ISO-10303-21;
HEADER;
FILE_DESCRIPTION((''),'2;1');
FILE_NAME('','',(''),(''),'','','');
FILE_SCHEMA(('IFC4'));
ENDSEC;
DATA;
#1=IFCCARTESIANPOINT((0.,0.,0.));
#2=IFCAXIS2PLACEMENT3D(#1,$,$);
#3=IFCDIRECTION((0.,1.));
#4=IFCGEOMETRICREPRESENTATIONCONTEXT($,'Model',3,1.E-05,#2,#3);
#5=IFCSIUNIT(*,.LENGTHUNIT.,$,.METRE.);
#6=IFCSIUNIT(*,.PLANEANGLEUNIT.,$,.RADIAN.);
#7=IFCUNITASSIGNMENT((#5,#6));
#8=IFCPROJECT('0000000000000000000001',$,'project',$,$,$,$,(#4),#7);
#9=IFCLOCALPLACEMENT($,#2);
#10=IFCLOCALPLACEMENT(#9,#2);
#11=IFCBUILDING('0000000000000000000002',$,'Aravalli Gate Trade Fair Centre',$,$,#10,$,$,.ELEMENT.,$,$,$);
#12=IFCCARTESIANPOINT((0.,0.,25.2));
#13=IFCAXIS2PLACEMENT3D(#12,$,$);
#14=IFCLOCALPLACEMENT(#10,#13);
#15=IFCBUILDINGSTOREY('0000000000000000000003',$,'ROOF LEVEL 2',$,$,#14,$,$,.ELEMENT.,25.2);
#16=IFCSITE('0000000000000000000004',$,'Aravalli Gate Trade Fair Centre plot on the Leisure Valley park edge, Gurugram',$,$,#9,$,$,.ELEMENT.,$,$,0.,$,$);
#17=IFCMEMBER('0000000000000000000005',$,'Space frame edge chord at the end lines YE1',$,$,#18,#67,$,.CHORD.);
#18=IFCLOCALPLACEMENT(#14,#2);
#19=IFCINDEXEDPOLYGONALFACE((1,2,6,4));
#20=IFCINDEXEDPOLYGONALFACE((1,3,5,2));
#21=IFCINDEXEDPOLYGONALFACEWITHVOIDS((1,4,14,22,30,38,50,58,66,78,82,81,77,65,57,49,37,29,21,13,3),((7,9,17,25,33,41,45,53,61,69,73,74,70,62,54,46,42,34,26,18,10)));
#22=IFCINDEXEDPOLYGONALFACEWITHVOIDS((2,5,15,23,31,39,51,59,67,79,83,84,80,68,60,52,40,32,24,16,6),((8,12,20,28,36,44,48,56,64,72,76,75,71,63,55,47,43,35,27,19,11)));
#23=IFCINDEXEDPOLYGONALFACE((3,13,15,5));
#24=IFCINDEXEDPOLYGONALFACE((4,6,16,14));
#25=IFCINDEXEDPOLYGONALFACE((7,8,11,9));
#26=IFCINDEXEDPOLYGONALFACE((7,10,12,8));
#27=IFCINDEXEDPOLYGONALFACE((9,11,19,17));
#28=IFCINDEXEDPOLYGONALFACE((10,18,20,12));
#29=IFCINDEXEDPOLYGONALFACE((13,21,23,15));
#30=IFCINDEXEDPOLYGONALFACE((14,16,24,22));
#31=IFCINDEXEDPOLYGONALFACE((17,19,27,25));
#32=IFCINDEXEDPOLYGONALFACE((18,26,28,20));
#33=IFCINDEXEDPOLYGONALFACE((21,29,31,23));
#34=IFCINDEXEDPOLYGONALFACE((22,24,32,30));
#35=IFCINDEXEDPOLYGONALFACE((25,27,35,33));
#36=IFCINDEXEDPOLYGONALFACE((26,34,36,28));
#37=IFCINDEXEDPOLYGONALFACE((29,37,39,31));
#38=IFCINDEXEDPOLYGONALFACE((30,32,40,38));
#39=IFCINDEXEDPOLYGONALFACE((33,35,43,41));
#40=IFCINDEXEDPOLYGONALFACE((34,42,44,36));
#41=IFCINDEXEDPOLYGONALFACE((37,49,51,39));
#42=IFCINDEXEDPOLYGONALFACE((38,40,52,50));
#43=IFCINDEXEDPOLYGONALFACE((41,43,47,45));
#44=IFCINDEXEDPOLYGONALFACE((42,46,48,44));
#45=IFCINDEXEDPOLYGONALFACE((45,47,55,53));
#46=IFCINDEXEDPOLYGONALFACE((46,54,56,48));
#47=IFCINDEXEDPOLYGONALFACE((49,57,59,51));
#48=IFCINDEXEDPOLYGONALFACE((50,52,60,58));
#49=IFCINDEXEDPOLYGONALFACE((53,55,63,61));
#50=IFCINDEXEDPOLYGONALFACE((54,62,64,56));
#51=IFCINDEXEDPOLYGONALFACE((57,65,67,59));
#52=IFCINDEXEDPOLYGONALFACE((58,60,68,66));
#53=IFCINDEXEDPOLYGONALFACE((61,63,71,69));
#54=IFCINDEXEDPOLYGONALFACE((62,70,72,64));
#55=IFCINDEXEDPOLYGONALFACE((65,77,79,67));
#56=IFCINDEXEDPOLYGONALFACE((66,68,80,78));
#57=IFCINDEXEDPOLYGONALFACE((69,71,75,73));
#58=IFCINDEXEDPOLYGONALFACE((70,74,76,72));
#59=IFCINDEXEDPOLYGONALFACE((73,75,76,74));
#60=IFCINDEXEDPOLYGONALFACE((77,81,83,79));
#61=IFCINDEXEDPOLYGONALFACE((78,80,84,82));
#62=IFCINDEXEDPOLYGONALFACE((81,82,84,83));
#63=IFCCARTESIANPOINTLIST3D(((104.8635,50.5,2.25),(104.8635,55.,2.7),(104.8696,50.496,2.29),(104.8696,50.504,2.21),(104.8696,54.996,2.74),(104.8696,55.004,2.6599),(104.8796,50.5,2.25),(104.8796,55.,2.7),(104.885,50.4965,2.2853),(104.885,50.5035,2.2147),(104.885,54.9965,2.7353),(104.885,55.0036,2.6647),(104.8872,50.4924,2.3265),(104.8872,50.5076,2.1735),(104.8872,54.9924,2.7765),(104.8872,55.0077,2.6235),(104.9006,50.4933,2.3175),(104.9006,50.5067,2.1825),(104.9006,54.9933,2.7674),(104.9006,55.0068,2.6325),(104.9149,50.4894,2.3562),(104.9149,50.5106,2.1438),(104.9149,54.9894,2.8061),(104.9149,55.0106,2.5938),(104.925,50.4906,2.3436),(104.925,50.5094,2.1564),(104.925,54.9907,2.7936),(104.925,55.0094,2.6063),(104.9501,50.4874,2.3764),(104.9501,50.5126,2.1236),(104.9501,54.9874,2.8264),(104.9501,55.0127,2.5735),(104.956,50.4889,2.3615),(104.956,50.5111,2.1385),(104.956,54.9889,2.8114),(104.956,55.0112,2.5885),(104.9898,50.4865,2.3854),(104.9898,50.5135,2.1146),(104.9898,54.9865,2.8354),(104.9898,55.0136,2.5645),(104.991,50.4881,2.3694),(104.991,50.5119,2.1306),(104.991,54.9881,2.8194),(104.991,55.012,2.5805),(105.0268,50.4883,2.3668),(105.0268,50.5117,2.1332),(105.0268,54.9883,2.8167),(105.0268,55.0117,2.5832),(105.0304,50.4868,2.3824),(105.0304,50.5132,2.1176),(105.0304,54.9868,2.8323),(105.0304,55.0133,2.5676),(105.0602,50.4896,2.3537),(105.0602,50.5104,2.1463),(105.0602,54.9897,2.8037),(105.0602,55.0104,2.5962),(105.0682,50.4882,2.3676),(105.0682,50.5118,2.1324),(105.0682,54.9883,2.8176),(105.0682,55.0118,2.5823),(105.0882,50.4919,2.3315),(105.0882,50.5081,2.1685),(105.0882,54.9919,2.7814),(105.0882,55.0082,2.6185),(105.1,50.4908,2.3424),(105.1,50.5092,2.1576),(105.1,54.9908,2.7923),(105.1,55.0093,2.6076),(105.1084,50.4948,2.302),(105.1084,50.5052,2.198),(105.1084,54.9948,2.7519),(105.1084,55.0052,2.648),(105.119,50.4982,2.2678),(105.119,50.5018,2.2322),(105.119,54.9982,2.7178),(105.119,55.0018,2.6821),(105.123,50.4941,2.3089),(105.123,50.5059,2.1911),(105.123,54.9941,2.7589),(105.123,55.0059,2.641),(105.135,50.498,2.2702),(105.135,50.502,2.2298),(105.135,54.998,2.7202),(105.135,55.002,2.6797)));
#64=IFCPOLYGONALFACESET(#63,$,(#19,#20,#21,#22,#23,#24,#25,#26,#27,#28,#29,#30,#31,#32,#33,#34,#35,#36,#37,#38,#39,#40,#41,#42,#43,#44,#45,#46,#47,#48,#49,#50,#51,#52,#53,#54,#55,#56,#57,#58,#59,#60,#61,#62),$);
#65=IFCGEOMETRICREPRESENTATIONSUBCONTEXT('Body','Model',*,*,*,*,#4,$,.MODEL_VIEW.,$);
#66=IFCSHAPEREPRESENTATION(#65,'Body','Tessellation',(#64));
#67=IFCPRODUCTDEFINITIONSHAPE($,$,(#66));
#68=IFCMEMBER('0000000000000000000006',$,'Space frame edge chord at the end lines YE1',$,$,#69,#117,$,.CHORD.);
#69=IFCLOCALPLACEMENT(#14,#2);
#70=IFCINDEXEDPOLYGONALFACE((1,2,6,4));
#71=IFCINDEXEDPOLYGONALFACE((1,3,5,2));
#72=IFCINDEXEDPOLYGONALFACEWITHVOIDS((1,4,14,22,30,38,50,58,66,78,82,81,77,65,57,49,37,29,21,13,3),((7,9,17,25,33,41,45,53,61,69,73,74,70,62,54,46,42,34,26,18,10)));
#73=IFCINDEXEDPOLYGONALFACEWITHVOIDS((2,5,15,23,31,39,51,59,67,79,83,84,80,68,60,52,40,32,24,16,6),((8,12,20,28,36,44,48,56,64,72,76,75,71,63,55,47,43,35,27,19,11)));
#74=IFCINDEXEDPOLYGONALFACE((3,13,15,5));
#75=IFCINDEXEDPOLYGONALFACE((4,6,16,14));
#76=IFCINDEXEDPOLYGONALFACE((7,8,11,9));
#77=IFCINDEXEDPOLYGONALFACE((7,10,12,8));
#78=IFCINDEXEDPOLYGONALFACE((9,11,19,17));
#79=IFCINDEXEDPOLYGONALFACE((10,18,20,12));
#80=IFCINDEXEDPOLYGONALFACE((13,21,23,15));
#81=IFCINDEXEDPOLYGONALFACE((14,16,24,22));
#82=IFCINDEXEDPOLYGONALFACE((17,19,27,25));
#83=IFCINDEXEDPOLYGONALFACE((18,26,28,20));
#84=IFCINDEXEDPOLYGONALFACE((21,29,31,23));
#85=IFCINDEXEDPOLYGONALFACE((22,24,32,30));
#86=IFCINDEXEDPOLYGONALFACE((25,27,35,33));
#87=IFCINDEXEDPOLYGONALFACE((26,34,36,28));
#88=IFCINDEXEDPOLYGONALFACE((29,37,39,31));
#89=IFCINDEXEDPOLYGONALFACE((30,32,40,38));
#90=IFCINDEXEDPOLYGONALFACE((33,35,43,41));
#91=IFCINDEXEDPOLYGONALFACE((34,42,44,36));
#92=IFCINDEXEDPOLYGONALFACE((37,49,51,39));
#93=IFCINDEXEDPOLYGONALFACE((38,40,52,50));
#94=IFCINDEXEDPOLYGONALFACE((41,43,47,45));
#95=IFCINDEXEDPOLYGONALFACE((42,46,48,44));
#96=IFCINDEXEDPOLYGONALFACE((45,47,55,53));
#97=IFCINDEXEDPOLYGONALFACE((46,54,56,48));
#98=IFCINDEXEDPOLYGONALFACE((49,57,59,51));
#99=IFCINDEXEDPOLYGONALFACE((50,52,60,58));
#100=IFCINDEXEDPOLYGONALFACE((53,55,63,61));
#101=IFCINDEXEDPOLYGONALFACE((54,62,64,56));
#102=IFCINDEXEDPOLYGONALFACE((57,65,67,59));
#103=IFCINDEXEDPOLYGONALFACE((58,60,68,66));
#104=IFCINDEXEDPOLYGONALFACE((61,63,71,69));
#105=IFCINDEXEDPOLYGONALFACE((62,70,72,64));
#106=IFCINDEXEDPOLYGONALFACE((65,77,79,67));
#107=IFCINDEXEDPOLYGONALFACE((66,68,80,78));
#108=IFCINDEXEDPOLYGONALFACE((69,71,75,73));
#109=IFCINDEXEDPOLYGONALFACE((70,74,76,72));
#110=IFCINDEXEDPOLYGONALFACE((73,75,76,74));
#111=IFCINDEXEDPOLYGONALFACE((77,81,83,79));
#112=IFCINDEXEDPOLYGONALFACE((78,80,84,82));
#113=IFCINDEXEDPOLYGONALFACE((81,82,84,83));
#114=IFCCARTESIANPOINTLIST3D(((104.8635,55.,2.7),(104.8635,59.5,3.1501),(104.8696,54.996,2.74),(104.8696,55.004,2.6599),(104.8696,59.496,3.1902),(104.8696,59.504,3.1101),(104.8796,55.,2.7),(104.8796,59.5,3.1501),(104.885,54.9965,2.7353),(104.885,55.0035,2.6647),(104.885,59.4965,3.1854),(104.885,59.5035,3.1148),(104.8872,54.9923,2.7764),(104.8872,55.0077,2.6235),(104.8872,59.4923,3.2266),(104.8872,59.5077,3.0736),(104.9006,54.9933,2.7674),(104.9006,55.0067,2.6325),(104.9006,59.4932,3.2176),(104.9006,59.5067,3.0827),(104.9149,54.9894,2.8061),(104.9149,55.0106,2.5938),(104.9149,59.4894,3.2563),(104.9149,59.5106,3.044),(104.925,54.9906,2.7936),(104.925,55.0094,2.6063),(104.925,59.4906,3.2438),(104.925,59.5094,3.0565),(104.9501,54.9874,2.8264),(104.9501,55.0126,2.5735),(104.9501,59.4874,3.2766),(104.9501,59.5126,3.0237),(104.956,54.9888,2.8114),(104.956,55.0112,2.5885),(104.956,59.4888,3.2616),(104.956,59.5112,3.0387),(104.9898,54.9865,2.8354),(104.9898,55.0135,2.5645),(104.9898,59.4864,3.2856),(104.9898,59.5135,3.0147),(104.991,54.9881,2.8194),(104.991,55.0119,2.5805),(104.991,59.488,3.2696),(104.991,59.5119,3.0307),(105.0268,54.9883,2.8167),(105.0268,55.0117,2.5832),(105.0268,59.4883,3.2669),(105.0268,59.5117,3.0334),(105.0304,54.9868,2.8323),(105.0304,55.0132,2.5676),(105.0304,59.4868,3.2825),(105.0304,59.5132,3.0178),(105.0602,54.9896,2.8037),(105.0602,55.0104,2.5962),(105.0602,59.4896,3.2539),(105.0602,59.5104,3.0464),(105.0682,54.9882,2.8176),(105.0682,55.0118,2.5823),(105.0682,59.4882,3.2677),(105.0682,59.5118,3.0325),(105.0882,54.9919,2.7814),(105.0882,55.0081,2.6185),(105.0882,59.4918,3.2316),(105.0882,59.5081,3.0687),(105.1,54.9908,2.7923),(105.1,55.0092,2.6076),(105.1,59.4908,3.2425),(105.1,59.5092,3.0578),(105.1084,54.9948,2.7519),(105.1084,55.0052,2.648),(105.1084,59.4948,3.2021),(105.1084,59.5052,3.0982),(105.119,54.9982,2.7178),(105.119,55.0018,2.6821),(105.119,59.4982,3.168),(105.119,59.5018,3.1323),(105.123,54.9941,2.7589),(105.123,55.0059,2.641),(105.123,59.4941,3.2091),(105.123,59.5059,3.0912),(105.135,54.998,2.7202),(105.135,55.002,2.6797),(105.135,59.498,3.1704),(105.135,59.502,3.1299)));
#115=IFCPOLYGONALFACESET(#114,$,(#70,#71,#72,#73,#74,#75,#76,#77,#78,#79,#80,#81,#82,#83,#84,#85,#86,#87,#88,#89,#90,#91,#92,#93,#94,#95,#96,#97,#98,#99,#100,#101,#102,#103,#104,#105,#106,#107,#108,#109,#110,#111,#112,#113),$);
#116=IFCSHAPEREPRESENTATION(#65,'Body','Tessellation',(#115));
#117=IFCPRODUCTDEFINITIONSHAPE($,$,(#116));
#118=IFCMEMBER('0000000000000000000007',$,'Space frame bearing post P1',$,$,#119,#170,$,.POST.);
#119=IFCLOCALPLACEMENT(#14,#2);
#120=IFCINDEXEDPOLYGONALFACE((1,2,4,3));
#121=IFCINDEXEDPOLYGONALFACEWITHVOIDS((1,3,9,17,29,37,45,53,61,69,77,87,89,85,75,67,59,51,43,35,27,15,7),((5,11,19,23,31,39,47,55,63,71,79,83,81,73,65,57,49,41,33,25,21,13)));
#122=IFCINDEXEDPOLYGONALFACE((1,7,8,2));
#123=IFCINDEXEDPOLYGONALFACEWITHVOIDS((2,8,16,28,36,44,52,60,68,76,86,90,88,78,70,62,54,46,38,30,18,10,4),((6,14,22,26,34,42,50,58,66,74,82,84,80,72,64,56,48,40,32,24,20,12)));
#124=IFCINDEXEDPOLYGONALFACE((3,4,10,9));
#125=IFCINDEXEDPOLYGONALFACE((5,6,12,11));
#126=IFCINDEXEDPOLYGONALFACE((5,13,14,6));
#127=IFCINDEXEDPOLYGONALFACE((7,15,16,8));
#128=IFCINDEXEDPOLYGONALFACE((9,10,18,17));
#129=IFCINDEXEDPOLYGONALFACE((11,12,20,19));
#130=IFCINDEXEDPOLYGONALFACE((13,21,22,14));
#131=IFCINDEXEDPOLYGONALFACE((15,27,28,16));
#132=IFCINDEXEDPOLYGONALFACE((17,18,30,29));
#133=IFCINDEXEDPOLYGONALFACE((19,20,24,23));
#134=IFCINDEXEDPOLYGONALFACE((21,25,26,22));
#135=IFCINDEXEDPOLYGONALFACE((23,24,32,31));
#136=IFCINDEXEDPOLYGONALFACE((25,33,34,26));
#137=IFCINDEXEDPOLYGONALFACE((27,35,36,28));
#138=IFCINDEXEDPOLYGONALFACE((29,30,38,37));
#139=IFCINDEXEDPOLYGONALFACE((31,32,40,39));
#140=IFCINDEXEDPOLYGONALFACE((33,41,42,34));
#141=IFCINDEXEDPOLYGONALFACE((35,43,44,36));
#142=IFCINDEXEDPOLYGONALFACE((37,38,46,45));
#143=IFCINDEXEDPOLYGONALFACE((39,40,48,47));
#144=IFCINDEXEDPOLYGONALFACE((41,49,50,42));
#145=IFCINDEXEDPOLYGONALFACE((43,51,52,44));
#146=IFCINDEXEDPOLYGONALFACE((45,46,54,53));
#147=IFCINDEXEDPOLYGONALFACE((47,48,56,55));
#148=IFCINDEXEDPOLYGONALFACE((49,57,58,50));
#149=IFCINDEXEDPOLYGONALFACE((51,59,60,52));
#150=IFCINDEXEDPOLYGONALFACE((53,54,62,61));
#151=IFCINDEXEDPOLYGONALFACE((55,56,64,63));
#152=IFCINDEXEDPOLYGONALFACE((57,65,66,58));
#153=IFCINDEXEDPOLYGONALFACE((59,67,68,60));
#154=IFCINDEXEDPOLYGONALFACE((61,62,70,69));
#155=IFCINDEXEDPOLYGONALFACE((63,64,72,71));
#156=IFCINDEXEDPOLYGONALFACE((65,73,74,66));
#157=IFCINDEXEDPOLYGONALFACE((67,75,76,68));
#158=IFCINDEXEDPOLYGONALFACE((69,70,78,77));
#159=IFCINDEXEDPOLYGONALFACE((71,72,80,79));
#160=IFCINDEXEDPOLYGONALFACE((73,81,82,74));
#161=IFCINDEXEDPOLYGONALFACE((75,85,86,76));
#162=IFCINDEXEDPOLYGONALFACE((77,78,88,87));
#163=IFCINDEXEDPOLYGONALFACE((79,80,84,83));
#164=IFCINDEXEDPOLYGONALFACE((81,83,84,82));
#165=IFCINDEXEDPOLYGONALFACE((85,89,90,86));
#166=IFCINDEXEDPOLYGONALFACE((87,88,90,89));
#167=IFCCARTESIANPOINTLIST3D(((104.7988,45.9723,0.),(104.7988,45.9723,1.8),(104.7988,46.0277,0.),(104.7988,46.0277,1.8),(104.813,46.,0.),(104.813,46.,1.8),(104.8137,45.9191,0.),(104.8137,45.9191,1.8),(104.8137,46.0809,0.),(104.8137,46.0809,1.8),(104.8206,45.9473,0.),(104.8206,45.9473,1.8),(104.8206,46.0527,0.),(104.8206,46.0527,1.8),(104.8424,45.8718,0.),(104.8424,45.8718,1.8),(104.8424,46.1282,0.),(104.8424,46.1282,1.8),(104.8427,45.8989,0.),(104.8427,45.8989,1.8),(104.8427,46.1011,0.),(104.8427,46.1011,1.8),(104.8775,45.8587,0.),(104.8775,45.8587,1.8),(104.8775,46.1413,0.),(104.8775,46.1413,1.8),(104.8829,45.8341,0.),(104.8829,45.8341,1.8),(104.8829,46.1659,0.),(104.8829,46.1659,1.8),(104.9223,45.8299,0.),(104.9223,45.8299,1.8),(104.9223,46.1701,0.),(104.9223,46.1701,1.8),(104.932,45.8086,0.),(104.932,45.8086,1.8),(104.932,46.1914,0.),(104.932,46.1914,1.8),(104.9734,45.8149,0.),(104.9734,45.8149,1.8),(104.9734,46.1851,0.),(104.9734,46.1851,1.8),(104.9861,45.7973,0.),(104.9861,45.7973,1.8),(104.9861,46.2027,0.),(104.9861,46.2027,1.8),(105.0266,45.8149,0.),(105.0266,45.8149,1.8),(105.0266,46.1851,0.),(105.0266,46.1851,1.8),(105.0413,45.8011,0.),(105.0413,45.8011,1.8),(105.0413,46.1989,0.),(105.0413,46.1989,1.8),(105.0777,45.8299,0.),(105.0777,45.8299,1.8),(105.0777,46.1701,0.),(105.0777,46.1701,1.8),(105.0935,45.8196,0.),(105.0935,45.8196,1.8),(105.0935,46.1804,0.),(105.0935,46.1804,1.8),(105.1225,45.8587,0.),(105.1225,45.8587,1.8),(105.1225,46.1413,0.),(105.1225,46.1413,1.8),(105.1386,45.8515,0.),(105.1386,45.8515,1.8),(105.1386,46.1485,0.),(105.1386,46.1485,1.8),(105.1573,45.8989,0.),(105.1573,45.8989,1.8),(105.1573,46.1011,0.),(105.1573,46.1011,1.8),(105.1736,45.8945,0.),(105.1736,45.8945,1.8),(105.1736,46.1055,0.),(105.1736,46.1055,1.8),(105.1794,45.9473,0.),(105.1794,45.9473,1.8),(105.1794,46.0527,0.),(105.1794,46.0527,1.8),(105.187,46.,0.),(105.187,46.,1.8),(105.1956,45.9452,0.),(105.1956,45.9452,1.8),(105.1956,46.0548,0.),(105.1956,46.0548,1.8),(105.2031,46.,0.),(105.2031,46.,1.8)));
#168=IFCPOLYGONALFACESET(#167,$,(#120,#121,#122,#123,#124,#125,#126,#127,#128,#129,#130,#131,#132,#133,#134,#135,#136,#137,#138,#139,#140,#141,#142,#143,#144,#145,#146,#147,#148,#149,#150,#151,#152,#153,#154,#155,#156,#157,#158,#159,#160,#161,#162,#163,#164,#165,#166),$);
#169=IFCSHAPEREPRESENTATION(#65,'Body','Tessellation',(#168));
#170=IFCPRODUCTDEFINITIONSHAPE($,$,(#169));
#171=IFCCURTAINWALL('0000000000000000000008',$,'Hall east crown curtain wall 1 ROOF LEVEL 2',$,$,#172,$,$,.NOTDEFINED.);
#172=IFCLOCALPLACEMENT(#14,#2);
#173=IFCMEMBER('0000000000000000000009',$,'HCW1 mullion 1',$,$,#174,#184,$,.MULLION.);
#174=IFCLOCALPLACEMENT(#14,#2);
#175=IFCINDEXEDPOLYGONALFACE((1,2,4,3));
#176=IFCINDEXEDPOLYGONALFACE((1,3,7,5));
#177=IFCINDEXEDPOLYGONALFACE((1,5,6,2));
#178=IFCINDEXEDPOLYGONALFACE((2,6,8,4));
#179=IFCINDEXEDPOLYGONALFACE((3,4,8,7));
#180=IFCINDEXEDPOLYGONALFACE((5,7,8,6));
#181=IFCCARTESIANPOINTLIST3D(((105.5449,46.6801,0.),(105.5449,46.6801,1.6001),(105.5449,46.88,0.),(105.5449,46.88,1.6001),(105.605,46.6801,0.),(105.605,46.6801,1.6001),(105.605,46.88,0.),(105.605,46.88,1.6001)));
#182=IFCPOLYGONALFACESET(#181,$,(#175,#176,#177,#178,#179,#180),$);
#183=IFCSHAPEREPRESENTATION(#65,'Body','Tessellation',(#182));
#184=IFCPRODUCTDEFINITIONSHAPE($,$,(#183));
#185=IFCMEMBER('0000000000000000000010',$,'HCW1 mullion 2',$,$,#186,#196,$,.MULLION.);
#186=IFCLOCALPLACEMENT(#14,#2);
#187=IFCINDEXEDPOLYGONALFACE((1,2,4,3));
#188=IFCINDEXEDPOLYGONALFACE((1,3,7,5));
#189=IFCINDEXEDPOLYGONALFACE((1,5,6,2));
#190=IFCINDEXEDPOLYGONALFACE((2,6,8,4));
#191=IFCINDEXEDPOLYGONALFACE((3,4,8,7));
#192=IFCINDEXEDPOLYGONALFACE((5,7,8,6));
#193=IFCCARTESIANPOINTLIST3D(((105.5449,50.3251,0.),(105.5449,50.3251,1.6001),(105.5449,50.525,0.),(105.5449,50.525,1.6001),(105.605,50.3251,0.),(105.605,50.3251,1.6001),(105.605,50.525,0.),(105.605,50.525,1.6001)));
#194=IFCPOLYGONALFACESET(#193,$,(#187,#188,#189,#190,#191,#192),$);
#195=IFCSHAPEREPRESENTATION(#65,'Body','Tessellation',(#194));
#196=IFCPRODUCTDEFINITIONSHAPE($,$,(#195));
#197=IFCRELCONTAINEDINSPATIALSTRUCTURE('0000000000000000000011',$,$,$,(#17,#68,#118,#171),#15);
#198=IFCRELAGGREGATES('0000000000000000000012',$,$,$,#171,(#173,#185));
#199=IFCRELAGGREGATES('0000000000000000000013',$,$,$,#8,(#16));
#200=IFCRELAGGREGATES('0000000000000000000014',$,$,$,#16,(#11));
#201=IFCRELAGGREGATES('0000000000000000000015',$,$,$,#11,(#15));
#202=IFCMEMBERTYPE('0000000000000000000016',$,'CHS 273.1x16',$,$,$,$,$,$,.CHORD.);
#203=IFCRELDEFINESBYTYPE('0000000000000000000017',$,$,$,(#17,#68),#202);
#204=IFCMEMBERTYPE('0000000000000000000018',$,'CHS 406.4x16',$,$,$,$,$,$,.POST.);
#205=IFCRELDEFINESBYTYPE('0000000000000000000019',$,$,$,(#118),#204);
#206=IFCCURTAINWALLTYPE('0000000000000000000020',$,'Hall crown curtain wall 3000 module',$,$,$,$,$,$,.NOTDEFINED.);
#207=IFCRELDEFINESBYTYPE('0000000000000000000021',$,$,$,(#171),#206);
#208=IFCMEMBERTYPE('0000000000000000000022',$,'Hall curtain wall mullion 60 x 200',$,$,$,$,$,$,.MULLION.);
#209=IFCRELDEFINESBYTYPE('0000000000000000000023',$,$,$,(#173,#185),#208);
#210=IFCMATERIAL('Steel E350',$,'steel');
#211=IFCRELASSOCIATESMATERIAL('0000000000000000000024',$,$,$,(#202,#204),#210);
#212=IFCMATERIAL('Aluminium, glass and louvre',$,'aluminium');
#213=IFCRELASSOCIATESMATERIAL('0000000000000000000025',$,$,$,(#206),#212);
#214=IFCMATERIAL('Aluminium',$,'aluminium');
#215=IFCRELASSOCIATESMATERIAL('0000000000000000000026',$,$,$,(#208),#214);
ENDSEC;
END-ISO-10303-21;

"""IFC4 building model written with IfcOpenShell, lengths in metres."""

from ifc_helpers import new_model, si_unit, direction, frame, origin, origin_2d, place, context, subcontext, project, spatial, rectangle, hollow_circle, extrude, material, material_profile, profile_set, type_object, element, aggregate, save


model = new_model("IFC4")

# Units and contexts
model_context = context("Model", 3, precision=1e-05, world=origin(), true_north=direction((0.0, 1.0)))
body_context = subcontext(model_context, "Body", "Model", "MODEL_VIEW")
ifc_project = project(units=[si_unit("LENGTHUNIT", "METRE"), si_unit("PLANEANGLEUNIT", "RADIAN")], contexts=[model_context])

# Site, building, storey
site_placement = place(None, origin())
site = spatial("IfcSite", under=ifc_project, at=site_placement, Name="Aravalli Gate Trade Fair Centre plot on the Leisure Valley park edge, Gurugram", CompositionType="ELEMENT", RefElevation=0.0)
building_placement = place(site_placement, origin())
building = spatial("IfcBuilding", under=site, at=building_placement, Name="Aravalli Gate Trade Fair Centre", CompositionType="ELEMENT")
storey_placement = place(building_placement, frame((0.0, 0.0, 25.2)))
storey = spatial("IfcBuildingStorey", under=building, at=storey_placement, Name="ROOF LEVEL 2", CompositionType="ELEMENT", Elevation=25.2)

# Members
ifc_material_1 = material(Name="Steel E350", Category="steel")
ifc_material_profile_1 = material_profile(ifc_material_1, hollow_circle(Radius=0.1365, WallThickness=0.0161, at=origin_2d()), Name="CHS 273.1x16")
ifc_profile_set_1 = profile_set([ifc_material_profile_1], Name="Steel E350")
member_type_1 = type_object("IfcMemberType", Name="CHS 273.1x16", PredefinedType="CHORD", material=ifc_profile_set_1)
for number, where, z_axis, x_axis, name in (
    (1, (105.0, 50.5, 2.25), (0.0, 0.995038, 0.099493), (-1.0, 0.0, 0.0), "Space frame edge chord at the end lines YE1"),
    (2, (105.0, 55.0, 2.7), (0.0, 0.995033, 0.099546), (-1.0, 0.0, 0.0), "Space frame edge chord at the end lines YE1"),
):
    element("IfcMember", number, at=place(storey_placement, frame(where, z_axis=z_axis, x_axis=x_axis)), inside=storey, type_object=member_type_1, Name=name, PredefinedType="CHORD", context=body_context, shape_type="SweptSolid", body=[
        extrude(hollow_circle(Radius=0.1365, WallThickness=0.0161, at=origin_2d()), origin(), (0.0, 0.0, 1.0), 4.5225),
    ])
ifc_material_profile_2 = material_profile(ifc_material_1, hollow_circle(Radius=0.2031, WallThickness=0.0161, at=origin_2d()), Name="CHS 406.4x16")
ifc_profile_set_2 = profile_set([ifc_material_profile_2], Name="Steel E350")
member_type_2 = type_object("IfcMemberType", Name="CHS 406.4x16", PredefinedType="POST", material=ifc_profile_set_2)
member_1_placement = place(storey_placement, frame((105.0, 46.0, 0.0), z_axis=(0.0, 0.0, 1.0), x_axis=(1.0, 0.0, 0.0)))
element("IfcMember", 3, at=member_1_placement, inside=storey, type_object=member_type_2, Name="Space frame bearing post P1", PredefinedType="POST", context=body_context, shape_type="SweptSolid", body=[
    extrude(hollow_circle(Radius=0.2031, WallThickness=0.0161, at=origin_2d()), origin(), (0.0, 0.0, 1.0), 1.8),
])

# Curtain wall, members
ifc_material_2 = material(Name="Aluminium, glass and louvre", Category="aluminium")
curtain_wall_type = type_object("IfcCurtainWallType", Name="Hall crown curtain wall 3000 module", PredefinedType="NOTDEFINED", material=ifc_material_2)
curtain_wall_placement = place(storey_placement, origin())
curtain_wall = element("IfcCurtainWall", 4, at=curtain_wall_placement, inside=storey, type_object=curtain_wall_type, Name="Hall east crown curtain wall 1 ROOF LEVEL 2", PredefinedType="NOTDEFINED")
ifc_material_3 = material(Name="Aluminium", Category="aluminium")
ifc_material_profile_3 = material_profile(ifc_material_3, rectangle(XDim=0.0601, YDim=0.2, at=origin_2d()), Name="Hall curtain wall mullion 60 x 200")
ifc_profile_set_3 = profile_set([ifc_material_profile_3], Name="Aluminium")
member_type_3 = type_object("IfcMemberType", Name="Hall curtain wall mullion 60 x 200", PredefinedType="MULLION", material=ifc_profile_set_3)
member_2_placement = place(storey_placement, frame((105.575, 46.78, 0.0), z_axis=(0.0, 0.0, 1.0), x_axis=(-1.0, 0.0, 0.0)))
member_2 = element("IfcMember", 5, at=member_2_placement, type_object=member_type_3, Name="HCW1 mullion 1", PredefinedType="MULLION", context=body_context, shape_type="SweptSolid", body=[
    extrude(rectangle(XDim=0.0601, YDim=0.2, at=origin_2d()), origin(), (0.0, 0.0, 1.0), 1.6001),
])
member_3_placement = place(storey_placement, frame((105.575, 50.425, 0.0), z_axis=(0.0, 0.0, 1.0), x_axis=(-1.0, 0.0, 0.0)))
member_3 = element("IfcMember", 6, at=member_3_placement, type_object=member_type_3, Name="HCW1 mullion 2", PredefinedType="MULLION", context=body_context, shape_type="SweptSolid", body=[
    extrude(rectangle(XDim=0.0601, YDim=0.2, at=origin_2d()), origin(), (0.0, 0.0, 1.0), 1.6001),
])
aggregate(curtain_wall, [member_2, member_3])

save(model, "model.ifc")
